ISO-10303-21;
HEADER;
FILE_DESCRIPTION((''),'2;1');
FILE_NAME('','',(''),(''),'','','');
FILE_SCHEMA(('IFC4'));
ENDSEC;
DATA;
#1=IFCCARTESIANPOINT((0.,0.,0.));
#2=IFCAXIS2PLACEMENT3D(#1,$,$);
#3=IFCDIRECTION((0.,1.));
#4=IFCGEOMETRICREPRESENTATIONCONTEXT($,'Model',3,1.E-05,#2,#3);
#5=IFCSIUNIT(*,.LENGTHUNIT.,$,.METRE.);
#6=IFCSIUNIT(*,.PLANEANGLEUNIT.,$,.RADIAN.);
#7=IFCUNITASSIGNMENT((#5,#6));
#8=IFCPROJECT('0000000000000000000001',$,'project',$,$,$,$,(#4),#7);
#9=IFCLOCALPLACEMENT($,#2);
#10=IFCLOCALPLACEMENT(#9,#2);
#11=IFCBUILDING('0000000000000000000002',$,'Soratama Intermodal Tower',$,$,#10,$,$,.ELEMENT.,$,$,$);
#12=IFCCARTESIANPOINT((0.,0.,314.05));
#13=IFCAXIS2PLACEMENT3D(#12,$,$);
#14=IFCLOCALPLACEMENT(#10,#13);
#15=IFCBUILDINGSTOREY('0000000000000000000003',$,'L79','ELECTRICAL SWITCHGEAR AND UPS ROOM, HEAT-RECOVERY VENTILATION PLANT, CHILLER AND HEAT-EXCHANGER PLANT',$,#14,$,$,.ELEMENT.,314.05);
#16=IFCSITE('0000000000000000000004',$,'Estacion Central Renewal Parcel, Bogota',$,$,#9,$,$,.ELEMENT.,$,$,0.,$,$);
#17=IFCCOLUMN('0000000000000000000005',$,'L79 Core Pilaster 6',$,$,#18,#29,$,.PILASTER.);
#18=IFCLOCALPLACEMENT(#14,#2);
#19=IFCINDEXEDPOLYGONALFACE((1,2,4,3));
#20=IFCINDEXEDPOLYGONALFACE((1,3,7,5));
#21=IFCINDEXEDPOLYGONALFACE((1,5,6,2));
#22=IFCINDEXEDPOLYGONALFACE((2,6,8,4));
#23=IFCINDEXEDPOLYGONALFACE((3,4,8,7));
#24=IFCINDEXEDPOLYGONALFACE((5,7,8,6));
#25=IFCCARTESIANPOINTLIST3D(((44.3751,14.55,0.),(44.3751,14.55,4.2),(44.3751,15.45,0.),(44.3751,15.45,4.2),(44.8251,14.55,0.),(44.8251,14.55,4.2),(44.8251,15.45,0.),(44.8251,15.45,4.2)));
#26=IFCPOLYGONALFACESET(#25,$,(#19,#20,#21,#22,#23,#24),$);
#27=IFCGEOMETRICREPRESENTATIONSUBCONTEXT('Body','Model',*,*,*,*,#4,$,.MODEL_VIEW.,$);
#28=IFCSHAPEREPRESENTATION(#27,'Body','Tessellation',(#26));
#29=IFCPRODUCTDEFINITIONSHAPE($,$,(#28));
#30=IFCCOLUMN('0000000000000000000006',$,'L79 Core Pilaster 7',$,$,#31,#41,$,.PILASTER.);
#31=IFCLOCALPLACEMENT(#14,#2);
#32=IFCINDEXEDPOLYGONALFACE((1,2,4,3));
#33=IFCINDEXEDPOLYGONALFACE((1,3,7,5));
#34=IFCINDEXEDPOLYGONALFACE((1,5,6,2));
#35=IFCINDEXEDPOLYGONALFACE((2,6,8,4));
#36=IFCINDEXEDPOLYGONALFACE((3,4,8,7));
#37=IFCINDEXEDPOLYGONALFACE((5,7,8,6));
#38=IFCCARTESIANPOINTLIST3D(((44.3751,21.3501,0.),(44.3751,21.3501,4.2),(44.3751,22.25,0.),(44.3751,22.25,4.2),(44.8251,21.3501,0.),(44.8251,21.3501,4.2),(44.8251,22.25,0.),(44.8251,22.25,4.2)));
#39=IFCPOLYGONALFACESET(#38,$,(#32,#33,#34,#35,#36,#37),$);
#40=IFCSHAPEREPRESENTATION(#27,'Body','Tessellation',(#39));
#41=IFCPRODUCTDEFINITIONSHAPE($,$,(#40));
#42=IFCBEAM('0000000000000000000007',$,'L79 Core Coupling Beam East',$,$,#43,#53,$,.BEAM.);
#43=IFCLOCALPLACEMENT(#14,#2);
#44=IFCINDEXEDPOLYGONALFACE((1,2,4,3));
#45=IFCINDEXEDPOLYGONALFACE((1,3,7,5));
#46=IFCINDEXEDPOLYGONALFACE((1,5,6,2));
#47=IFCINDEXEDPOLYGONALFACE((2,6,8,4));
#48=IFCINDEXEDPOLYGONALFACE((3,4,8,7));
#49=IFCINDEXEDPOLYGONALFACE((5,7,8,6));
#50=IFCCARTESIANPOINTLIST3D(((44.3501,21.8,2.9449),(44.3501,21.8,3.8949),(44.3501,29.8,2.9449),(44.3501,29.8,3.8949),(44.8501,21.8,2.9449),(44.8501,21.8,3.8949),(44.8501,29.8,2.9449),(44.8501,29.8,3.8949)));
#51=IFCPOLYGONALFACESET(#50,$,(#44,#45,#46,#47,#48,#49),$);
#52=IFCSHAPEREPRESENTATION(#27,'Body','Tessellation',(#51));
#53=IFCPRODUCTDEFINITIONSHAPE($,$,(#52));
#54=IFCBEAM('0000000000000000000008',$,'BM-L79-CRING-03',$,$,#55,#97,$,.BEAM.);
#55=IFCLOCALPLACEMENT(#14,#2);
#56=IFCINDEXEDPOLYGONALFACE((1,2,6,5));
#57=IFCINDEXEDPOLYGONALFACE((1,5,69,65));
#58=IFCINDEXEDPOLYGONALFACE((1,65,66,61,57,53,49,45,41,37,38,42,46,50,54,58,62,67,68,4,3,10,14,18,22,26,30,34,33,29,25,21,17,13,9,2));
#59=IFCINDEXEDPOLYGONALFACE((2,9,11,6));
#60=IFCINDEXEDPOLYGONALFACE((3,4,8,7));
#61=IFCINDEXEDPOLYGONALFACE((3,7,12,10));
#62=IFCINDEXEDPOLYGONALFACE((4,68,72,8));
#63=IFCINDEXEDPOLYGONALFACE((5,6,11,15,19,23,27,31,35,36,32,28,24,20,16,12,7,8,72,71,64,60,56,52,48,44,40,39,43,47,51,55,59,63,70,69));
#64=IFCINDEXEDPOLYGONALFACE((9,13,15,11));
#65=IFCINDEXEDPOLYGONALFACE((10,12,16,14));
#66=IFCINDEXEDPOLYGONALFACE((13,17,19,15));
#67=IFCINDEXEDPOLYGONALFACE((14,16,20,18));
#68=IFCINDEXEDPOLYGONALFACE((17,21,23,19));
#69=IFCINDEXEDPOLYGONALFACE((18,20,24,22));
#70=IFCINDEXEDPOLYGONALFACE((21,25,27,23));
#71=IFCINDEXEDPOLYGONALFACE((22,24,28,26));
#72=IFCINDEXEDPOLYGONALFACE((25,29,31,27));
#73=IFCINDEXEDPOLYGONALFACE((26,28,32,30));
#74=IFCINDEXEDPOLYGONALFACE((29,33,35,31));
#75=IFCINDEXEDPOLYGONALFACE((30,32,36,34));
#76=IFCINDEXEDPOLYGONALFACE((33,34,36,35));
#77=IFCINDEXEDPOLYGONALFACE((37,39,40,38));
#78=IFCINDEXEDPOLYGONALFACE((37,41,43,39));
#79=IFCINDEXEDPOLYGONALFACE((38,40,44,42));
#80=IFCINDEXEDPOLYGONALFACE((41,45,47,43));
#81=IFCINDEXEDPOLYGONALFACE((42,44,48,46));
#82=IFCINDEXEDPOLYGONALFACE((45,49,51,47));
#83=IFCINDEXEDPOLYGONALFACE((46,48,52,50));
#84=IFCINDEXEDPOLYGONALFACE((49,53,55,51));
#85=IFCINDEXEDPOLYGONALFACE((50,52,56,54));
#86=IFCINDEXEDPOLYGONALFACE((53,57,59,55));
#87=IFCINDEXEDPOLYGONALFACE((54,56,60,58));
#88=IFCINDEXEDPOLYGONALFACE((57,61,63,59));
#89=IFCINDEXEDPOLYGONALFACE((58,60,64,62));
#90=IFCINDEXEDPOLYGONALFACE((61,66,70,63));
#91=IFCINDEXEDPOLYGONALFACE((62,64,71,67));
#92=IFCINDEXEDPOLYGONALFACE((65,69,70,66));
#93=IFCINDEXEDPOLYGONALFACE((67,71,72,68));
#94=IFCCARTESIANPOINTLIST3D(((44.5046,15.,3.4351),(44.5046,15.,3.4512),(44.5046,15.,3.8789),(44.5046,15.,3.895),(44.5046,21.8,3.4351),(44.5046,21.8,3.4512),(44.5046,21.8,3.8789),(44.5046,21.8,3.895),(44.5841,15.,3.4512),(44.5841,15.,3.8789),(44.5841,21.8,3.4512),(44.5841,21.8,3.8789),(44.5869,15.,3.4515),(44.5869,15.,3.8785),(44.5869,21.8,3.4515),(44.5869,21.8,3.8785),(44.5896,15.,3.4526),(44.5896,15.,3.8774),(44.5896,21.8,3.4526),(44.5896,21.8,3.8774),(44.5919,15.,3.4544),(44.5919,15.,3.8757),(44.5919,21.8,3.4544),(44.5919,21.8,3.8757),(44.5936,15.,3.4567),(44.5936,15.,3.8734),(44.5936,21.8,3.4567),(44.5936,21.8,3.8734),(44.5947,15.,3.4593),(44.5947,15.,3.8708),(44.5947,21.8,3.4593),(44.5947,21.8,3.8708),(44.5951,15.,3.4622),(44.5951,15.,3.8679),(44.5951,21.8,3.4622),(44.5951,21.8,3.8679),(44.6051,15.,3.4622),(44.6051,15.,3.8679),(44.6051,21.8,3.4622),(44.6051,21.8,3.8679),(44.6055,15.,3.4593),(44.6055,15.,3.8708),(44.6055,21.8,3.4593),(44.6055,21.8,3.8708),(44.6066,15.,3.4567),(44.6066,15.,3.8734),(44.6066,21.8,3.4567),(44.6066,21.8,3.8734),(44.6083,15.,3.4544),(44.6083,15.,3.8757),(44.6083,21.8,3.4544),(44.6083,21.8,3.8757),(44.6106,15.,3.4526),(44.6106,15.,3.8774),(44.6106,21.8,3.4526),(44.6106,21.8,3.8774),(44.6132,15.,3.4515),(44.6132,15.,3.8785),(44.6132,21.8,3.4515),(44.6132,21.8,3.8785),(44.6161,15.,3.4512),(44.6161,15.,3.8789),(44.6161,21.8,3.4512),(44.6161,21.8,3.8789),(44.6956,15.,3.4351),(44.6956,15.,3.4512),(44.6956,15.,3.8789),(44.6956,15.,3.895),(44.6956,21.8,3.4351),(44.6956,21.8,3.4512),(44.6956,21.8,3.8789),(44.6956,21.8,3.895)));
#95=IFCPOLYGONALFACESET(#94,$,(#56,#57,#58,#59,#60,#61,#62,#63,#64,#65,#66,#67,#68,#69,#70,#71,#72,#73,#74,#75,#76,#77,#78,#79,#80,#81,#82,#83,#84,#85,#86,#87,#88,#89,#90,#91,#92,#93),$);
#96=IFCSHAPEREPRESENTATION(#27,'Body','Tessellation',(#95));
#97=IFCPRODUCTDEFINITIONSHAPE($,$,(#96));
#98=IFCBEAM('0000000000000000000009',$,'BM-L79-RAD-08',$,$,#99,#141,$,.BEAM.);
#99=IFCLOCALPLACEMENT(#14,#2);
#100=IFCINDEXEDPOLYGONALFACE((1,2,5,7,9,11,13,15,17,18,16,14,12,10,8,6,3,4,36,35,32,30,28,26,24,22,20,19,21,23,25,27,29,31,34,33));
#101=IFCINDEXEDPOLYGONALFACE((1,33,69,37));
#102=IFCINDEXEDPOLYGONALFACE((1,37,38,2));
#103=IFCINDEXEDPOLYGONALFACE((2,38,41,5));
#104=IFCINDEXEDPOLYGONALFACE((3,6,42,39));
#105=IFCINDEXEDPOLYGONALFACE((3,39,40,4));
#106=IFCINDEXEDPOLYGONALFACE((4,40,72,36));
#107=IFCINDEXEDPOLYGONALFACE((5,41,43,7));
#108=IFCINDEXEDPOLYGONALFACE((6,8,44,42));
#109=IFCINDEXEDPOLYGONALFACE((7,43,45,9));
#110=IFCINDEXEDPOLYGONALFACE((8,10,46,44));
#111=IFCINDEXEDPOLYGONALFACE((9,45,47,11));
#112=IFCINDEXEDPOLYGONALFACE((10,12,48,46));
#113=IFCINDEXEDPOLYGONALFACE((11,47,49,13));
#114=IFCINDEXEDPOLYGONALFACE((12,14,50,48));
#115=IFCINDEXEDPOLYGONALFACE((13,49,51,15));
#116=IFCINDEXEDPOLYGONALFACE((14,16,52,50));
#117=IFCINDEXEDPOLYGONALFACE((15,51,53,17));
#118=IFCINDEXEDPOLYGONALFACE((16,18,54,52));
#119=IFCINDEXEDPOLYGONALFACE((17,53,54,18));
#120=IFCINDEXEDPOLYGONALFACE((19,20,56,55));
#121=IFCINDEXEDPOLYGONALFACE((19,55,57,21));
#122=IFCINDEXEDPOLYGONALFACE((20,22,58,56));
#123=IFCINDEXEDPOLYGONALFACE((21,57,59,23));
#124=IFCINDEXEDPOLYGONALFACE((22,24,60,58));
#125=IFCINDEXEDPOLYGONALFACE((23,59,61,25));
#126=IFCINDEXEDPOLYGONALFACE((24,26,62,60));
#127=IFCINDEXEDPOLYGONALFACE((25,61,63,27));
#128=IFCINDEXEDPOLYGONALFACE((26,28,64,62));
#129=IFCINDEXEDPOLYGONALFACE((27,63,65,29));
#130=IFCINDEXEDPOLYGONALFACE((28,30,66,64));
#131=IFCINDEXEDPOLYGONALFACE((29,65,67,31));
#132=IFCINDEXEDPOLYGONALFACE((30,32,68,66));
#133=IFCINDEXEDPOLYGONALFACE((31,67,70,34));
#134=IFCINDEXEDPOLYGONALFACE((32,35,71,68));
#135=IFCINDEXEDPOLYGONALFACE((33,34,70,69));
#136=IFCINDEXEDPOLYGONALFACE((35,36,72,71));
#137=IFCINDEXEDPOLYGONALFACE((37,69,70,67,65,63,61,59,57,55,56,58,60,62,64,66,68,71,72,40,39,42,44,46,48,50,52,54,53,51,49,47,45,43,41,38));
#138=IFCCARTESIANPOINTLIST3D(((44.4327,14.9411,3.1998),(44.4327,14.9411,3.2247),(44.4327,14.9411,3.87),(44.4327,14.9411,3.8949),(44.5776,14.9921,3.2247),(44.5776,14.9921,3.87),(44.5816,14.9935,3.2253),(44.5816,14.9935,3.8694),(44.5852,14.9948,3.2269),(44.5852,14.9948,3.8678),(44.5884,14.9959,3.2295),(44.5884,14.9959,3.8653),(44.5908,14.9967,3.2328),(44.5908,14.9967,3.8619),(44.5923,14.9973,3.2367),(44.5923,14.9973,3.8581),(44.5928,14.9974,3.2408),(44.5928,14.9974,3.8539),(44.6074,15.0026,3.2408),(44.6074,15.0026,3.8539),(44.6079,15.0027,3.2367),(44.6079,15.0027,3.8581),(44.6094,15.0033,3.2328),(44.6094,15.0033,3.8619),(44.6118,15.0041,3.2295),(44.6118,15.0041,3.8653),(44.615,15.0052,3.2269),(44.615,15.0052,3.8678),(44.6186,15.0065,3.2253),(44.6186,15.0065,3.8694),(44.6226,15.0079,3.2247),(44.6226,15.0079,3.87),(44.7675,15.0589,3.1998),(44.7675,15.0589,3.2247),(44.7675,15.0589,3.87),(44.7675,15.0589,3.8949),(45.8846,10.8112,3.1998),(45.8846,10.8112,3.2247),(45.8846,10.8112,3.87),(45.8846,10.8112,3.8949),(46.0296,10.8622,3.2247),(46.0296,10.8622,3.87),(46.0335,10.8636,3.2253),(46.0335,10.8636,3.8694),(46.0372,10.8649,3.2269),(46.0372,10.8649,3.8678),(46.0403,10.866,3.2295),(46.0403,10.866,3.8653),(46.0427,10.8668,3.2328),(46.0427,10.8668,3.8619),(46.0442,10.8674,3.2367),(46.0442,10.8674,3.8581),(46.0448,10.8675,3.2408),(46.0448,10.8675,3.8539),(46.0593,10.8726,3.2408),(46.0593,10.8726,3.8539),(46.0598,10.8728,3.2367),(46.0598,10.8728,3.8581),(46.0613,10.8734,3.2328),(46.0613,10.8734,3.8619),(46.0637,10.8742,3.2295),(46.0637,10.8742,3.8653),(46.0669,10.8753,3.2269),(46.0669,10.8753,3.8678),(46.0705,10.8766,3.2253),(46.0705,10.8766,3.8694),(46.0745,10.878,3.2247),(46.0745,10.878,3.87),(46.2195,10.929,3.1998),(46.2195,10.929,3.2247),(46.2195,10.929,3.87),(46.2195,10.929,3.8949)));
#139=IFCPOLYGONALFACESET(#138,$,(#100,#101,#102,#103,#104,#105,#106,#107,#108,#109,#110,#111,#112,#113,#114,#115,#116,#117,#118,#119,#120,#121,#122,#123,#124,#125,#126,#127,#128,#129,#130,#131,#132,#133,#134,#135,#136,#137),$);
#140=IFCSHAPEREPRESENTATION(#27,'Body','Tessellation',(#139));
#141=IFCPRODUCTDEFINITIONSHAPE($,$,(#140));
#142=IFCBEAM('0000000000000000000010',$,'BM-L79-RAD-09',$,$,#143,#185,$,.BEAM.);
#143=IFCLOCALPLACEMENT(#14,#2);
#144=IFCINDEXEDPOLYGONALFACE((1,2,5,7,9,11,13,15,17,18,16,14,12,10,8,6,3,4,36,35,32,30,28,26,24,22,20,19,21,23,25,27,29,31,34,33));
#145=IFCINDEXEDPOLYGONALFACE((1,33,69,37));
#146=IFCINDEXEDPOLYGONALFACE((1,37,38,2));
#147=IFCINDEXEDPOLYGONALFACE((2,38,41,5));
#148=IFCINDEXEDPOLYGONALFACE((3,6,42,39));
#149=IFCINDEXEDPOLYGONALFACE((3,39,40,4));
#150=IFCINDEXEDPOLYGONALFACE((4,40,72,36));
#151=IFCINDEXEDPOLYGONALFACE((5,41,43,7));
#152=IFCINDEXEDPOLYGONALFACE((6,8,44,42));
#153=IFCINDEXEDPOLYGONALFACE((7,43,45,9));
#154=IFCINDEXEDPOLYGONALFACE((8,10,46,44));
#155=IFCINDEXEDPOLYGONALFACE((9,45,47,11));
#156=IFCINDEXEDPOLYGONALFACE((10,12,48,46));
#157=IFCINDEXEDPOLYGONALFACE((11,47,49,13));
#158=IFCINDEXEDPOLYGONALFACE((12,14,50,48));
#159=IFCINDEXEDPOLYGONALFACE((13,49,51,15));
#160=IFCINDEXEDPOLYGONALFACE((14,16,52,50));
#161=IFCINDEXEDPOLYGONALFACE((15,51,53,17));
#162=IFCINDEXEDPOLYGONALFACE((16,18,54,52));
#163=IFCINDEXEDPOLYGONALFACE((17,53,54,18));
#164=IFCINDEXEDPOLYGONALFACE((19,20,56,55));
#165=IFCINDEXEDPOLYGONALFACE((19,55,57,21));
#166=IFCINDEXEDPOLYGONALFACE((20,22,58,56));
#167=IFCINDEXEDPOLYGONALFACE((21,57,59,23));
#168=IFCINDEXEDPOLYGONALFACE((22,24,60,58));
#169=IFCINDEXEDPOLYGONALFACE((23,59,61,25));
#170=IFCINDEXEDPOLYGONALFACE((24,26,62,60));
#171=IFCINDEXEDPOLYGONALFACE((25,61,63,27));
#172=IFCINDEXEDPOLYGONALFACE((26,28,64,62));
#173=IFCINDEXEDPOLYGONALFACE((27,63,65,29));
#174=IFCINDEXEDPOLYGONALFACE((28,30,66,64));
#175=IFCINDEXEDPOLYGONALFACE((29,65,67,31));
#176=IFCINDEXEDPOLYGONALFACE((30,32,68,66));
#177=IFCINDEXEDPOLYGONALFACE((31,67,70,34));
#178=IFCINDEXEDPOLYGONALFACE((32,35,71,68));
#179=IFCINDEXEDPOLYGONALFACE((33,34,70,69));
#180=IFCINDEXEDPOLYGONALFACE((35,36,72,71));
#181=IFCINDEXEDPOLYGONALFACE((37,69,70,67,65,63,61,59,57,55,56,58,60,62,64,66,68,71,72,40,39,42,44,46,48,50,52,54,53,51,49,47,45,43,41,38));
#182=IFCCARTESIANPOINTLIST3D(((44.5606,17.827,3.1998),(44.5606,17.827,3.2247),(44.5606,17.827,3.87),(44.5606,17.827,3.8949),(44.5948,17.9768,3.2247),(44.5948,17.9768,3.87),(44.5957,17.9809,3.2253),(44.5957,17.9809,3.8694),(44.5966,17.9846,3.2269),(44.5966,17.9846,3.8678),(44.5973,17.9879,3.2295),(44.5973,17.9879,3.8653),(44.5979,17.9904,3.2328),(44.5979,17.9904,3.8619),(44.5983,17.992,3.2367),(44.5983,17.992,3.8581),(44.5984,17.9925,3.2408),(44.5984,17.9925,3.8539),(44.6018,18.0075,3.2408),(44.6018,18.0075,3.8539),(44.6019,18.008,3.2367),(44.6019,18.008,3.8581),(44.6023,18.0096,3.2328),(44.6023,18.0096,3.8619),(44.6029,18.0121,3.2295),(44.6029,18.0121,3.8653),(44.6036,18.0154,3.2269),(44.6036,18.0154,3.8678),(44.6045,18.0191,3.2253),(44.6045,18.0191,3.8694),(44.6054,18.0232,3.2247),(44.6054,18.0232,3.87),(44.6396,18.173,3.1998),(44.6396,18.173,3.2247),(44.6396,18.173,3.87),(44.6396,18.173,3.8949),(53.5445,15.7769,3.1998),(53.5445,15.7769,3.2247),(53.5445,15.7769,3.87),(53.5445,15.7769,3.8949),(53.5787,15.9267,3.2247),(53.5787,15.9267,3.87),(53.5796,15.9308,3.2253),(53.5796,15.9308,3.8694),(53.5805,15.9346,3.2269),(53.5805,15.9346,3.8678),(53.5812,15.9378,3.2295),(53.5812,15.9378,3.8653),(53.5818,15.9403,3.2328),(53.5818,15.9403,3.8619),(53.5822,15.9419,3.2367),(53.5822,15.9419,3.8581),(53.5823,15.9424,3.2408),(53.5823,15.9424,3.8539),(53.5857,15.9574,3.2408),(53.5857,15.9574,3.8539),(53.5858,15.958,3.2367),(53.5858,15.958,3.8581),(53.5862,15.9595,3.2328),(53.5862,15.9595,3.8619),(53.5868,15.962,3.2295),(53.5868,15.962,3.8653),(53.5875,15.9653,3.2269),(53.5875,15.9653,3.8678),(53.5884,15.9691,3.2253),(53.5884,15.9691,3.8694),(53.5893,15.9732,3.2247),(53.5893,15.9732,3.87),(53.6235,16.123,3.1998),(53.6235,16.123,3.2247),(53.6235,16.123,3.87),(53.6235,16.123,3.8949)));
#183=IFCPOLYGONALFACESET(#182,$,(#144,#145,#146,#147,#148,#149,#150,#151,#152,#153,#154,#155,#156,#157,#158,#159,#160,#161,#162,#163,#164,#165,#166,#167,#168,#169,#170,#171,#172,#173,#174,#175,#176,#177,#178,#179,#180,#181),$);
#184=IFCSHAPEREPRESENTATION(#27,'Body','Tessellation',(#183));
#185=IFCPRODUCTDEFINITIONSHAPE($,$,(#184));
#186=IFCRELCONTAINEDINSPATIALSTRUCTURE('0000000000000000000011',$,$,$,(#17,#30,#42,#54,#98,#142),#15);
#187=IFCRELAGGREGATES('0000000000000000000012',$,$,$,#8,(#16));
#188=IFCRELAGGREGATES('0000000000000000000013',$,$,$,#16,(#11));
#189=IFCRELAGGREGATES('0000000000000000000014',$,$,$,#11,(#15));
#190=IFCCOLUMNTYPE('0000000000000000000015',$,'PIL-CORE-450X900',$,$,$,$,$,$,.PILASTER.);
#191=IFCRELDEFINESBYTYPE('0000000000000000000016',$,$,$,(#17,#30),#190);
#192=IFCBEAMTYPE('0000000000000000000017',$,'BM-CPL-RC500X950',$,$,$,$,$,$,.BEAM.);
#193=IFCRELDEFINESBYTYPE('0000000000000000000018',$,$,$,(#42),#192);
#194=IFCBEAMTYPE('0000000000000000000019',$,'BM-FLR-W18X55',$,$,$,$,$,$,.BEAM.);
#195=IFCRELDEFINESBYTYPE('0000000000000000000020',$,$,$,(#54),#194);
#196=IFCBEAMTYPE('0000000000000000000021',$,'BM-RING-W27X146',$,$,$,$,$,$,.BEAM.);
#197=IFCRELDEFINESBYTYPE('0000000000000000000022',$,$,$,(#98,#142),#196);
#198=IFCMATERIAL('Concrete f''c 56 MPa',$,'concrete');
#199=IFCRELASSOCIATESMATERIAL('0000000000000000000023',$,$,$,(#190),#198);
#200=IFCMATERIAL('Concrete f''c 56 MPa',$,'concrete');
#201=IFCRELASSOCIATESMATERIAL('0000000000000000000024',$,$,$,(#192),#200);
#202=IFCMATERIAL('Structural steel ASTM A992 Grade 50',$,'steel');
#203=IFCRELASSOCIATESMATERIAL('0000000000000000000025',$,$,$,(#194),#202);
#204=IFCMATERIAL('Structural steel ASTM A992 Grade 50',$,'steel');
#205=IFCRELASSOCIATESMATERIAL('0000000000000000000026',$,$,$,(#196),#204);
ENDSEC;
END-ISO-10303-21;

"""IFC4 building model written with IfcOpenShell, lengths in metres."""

from ifc_helpers import new_model, si_unit, direction, frame, origin, origin_2d, place, context, subcontext, project, spatial, rectangle, i_section, extrude, material, material_profile, profile_set, type_object, element, save


model = new_model("IFC4")

# Units and contexts
model_context = context("Model", 3, precision=1e-05, world=origin(), true_north=direction((0.0, 1.0)))
body_context = subcontext(model_context, "Body", "Model", "MODEL_VIEW")
ifc_project = project(units=[si_unit("LENGTHUNIT", "METRE"), si_unit("PLANEANGLEUNIT", "RADIAN")], contexts=[model_context])

# Site, building, storey
site_placement = place(None, origin())
site = spatial("IfcSite", under=ifc_project, at=site_placement, Name="Estacion Central Renewal Parcel, Bogota", CompositionType="ELEMENT", RefElevation=0.0)
building_placement = place(site_placement, origin())
building = spatial("IfcBuilding", under=site, at=building_placement, Name="Soratama Intermodal Tower", CompositionType="ELEMENT")
storey_placement = place(building_placement, frame((0.0, 0.0, 314.05)))
storey = spatial("IfcBuildingStorey", under=building, at=storey_placement, Name="L79", Description="ELECTRICAL SWITCHGEAR AND UPS ROOM, HEAT-RECOVERY VENTILATION PLANT, CHILLER AND HEAT-EXCHANGER PLANT", CompositionType="ELEMENT", Elevation=314.05)

# Columns
ifc_material_1 = material(Name="Concrete f'c 56 MPa", Category="concrete")
ifc_material_profile_1 = material_profile(ifc_material_1, rectangle(XDim=0.45, YDim=0.8999, at=origin_2d()), Name="RC450X900")
ifc_profile_set_1 = profile_set([ifc_material_profile_1], Name="Concrete f'c 56 MPa")
column_type = type_object("IfcColumnType", Name="PIL-CORE-450X900", PredefinedType="PILASTER", material=ifc_profile_set_1)
for number, where, z_axis, x_axis, name in (
    (1, (44.6001, 15.0, 0.0), (0.0, 0.0, 1.0), (1.0, 0.0, 0.0), "L79 Core Pilaster 6"),
    (2, (44.6001, 21.8, 0.0), (0.0, 0.0, 1.0), (1.0, 0.0, 0.0), "L79 Core Pilaster 7"),
):
    element("IfcColumn", number, at=place(storey_placement, frame(where, z_axis=z_axis, x_axis=x_axis)), inside=storey, type_object=column_type, Name=name, PredefinedType="PILASTER", context=body_context, shape_type="SweptSolid", body=[
        extrude(rectangle(XDim=0.45, YDim=0.8999, at=origin_2d()), origin(), (0.0, 0.0, 1.0), 4.2),
    ])

# Beams
ifc_material_2 = material(Name="Concrete f'c 56 MPa", Category="concrete")
ifc_material_profile_2 = material_profile(ifc_material_2, rectangle(XDim=0.5, YDim=0.95, at=origin_2d()), Name="RC500X950")
ifc_profile_set_2 = profile_set([ifc_material_profile_2], Name="Concrete f'c 56 MPa")
beam_type_1 = type_object("IfcBeamType", Name="BM-CPL-RC500X950", PredefinedType="BEAM", material=ifc_profile_set_2)
beam_1_placement = place(storey_placement, frame((44.6001, 21.8, 3.4199), z_axis=(0.0, 1.0, 0.0), x_axis=(-1.0, 0.0, 0.0)))
element("IfcBeam", 3, at=beam_1_placement, inside=storey, type_object=beam_type_1, Name="L79 Core Coupling Beam East", PredefinedType="BEAM", context=body_context, shape_type="SweptSolid", body=[
    extrude(rectangle(XDim=0.5, YDim=0.95, at=origin_2d()), origin(), (0.0, 0.0, 1.0), 8.0),
])
ifc_material_3 = material(Name="Structural steel ASTM A992 Grade 50", Category="steel")
ifc_material_profile_3 = material_profile(ifc_material_3, i_section(OverallWidth=0.1909, OverallDepth=0.46, WebThickness=0.01, FlangeThickness=0.0161, FilletRadius=0.011, at=origin_2d()), Name="W18X55")
ifc_profile_set_3 = profile_set([ifc_material_profile_3], Name="Structural steel ASTM A992 Grade 50")
beam_type_2 = type_object("IfcBeamType", Name="BM-FLR-W18X55", PredefinedType="BEAM", material=ifc_profile_set_3)
beam_2_placement = place(storey_placement, frame((44.6001, 15.0, 3.665), z_axis=(0.0, 1.0, 0.0), x_axis=(-1.0, 0.0, 0.0)))
element("IfcBeam", 4, at=beam_2_placement, inside=storey, type_object=beam_type_2, Name="BM-L79-CRING-03", PredefinedType="BEAM", context=body_context, shape_type="SweptSolid", body=[
    extrude(i_section(OverallWidth=0.1909, OverallDepth=0.46, WebThickness=0.01, FlangeThickness=0.0161, FilletRadius=0.011, at=origin_2d()), origin(), (0.0, 0.0, 1.0), 6.8),
])
ifc_material_4 = material(Name="Structural steel ASTM A992 Grade 50", Category="steel")
ifc_material_profile_4 = material_profile(ifc_material_4, i_section(OverallWidth=0.355, OverallDepth=0.6951, WebThickness=0.0154, FlangeThickness=0.0249, FilletRadius=0.0161, at=origin_2d()), Name="W27X146")
ifc_profile_set_4 = profile_set([ifc_material_profile_4], Name="Structural steel ASTM A992 Grade 50")
beam_type_3 = type_object("IfcBeamType", Name="BM-RING-W27X146", PredefinedType="BEAM", material=ifc_profile_set_4)
beam_3_placement = place(storey_placement, frame((44.6001, 15.0, 3.5474), z_axis=(0.331662, -0.943398, 0.0), x_axis=(0.943398, 0.331662, 0.0)))
element("IfcBeam", 5, at=beam_3_placement, inside=storey, type_object=beam_type_3, Name="BM-L79-RAD-08", PredefinedType="BEAM", context=body_context, shape_type="SweptSolid", body=[
    extrude(i_section(OverallWidth=0.355, OverallDepth=0.6951, WebThickness=0.0154, FlangeThickness=0.0249, FilletRadius=0.0161, at=origin_2d()), origin(), (0.0, 0.0, 1.0), 4.3777),
])
beam_4_placement = place(storey_placement, frame((44.6001, 18.0, 3.5474), z_axis=(0.974939, -0.222473, 0.0), x_axis=(0.222473, 0.974939, 0.0)))
element("IfcBeam", 6, at=beam_4_placement, inside=storey, type_object=beam_type_3, Name="BM-L79-RAD-09", PredefinedType="BEAM", context=body_context, shape_type="SweptSolid", body=[
    extrude(i_section(OverallWidth=0.355, OverallDepth=0.6951, WebThickness=0.0154, FlangeThickness=0.0249, FilletRadius=0.0161, at=origin_2d()), origin(), (0.0, 0.0, 1.0), 9.2148),
])

save(model, "model.ifc")
